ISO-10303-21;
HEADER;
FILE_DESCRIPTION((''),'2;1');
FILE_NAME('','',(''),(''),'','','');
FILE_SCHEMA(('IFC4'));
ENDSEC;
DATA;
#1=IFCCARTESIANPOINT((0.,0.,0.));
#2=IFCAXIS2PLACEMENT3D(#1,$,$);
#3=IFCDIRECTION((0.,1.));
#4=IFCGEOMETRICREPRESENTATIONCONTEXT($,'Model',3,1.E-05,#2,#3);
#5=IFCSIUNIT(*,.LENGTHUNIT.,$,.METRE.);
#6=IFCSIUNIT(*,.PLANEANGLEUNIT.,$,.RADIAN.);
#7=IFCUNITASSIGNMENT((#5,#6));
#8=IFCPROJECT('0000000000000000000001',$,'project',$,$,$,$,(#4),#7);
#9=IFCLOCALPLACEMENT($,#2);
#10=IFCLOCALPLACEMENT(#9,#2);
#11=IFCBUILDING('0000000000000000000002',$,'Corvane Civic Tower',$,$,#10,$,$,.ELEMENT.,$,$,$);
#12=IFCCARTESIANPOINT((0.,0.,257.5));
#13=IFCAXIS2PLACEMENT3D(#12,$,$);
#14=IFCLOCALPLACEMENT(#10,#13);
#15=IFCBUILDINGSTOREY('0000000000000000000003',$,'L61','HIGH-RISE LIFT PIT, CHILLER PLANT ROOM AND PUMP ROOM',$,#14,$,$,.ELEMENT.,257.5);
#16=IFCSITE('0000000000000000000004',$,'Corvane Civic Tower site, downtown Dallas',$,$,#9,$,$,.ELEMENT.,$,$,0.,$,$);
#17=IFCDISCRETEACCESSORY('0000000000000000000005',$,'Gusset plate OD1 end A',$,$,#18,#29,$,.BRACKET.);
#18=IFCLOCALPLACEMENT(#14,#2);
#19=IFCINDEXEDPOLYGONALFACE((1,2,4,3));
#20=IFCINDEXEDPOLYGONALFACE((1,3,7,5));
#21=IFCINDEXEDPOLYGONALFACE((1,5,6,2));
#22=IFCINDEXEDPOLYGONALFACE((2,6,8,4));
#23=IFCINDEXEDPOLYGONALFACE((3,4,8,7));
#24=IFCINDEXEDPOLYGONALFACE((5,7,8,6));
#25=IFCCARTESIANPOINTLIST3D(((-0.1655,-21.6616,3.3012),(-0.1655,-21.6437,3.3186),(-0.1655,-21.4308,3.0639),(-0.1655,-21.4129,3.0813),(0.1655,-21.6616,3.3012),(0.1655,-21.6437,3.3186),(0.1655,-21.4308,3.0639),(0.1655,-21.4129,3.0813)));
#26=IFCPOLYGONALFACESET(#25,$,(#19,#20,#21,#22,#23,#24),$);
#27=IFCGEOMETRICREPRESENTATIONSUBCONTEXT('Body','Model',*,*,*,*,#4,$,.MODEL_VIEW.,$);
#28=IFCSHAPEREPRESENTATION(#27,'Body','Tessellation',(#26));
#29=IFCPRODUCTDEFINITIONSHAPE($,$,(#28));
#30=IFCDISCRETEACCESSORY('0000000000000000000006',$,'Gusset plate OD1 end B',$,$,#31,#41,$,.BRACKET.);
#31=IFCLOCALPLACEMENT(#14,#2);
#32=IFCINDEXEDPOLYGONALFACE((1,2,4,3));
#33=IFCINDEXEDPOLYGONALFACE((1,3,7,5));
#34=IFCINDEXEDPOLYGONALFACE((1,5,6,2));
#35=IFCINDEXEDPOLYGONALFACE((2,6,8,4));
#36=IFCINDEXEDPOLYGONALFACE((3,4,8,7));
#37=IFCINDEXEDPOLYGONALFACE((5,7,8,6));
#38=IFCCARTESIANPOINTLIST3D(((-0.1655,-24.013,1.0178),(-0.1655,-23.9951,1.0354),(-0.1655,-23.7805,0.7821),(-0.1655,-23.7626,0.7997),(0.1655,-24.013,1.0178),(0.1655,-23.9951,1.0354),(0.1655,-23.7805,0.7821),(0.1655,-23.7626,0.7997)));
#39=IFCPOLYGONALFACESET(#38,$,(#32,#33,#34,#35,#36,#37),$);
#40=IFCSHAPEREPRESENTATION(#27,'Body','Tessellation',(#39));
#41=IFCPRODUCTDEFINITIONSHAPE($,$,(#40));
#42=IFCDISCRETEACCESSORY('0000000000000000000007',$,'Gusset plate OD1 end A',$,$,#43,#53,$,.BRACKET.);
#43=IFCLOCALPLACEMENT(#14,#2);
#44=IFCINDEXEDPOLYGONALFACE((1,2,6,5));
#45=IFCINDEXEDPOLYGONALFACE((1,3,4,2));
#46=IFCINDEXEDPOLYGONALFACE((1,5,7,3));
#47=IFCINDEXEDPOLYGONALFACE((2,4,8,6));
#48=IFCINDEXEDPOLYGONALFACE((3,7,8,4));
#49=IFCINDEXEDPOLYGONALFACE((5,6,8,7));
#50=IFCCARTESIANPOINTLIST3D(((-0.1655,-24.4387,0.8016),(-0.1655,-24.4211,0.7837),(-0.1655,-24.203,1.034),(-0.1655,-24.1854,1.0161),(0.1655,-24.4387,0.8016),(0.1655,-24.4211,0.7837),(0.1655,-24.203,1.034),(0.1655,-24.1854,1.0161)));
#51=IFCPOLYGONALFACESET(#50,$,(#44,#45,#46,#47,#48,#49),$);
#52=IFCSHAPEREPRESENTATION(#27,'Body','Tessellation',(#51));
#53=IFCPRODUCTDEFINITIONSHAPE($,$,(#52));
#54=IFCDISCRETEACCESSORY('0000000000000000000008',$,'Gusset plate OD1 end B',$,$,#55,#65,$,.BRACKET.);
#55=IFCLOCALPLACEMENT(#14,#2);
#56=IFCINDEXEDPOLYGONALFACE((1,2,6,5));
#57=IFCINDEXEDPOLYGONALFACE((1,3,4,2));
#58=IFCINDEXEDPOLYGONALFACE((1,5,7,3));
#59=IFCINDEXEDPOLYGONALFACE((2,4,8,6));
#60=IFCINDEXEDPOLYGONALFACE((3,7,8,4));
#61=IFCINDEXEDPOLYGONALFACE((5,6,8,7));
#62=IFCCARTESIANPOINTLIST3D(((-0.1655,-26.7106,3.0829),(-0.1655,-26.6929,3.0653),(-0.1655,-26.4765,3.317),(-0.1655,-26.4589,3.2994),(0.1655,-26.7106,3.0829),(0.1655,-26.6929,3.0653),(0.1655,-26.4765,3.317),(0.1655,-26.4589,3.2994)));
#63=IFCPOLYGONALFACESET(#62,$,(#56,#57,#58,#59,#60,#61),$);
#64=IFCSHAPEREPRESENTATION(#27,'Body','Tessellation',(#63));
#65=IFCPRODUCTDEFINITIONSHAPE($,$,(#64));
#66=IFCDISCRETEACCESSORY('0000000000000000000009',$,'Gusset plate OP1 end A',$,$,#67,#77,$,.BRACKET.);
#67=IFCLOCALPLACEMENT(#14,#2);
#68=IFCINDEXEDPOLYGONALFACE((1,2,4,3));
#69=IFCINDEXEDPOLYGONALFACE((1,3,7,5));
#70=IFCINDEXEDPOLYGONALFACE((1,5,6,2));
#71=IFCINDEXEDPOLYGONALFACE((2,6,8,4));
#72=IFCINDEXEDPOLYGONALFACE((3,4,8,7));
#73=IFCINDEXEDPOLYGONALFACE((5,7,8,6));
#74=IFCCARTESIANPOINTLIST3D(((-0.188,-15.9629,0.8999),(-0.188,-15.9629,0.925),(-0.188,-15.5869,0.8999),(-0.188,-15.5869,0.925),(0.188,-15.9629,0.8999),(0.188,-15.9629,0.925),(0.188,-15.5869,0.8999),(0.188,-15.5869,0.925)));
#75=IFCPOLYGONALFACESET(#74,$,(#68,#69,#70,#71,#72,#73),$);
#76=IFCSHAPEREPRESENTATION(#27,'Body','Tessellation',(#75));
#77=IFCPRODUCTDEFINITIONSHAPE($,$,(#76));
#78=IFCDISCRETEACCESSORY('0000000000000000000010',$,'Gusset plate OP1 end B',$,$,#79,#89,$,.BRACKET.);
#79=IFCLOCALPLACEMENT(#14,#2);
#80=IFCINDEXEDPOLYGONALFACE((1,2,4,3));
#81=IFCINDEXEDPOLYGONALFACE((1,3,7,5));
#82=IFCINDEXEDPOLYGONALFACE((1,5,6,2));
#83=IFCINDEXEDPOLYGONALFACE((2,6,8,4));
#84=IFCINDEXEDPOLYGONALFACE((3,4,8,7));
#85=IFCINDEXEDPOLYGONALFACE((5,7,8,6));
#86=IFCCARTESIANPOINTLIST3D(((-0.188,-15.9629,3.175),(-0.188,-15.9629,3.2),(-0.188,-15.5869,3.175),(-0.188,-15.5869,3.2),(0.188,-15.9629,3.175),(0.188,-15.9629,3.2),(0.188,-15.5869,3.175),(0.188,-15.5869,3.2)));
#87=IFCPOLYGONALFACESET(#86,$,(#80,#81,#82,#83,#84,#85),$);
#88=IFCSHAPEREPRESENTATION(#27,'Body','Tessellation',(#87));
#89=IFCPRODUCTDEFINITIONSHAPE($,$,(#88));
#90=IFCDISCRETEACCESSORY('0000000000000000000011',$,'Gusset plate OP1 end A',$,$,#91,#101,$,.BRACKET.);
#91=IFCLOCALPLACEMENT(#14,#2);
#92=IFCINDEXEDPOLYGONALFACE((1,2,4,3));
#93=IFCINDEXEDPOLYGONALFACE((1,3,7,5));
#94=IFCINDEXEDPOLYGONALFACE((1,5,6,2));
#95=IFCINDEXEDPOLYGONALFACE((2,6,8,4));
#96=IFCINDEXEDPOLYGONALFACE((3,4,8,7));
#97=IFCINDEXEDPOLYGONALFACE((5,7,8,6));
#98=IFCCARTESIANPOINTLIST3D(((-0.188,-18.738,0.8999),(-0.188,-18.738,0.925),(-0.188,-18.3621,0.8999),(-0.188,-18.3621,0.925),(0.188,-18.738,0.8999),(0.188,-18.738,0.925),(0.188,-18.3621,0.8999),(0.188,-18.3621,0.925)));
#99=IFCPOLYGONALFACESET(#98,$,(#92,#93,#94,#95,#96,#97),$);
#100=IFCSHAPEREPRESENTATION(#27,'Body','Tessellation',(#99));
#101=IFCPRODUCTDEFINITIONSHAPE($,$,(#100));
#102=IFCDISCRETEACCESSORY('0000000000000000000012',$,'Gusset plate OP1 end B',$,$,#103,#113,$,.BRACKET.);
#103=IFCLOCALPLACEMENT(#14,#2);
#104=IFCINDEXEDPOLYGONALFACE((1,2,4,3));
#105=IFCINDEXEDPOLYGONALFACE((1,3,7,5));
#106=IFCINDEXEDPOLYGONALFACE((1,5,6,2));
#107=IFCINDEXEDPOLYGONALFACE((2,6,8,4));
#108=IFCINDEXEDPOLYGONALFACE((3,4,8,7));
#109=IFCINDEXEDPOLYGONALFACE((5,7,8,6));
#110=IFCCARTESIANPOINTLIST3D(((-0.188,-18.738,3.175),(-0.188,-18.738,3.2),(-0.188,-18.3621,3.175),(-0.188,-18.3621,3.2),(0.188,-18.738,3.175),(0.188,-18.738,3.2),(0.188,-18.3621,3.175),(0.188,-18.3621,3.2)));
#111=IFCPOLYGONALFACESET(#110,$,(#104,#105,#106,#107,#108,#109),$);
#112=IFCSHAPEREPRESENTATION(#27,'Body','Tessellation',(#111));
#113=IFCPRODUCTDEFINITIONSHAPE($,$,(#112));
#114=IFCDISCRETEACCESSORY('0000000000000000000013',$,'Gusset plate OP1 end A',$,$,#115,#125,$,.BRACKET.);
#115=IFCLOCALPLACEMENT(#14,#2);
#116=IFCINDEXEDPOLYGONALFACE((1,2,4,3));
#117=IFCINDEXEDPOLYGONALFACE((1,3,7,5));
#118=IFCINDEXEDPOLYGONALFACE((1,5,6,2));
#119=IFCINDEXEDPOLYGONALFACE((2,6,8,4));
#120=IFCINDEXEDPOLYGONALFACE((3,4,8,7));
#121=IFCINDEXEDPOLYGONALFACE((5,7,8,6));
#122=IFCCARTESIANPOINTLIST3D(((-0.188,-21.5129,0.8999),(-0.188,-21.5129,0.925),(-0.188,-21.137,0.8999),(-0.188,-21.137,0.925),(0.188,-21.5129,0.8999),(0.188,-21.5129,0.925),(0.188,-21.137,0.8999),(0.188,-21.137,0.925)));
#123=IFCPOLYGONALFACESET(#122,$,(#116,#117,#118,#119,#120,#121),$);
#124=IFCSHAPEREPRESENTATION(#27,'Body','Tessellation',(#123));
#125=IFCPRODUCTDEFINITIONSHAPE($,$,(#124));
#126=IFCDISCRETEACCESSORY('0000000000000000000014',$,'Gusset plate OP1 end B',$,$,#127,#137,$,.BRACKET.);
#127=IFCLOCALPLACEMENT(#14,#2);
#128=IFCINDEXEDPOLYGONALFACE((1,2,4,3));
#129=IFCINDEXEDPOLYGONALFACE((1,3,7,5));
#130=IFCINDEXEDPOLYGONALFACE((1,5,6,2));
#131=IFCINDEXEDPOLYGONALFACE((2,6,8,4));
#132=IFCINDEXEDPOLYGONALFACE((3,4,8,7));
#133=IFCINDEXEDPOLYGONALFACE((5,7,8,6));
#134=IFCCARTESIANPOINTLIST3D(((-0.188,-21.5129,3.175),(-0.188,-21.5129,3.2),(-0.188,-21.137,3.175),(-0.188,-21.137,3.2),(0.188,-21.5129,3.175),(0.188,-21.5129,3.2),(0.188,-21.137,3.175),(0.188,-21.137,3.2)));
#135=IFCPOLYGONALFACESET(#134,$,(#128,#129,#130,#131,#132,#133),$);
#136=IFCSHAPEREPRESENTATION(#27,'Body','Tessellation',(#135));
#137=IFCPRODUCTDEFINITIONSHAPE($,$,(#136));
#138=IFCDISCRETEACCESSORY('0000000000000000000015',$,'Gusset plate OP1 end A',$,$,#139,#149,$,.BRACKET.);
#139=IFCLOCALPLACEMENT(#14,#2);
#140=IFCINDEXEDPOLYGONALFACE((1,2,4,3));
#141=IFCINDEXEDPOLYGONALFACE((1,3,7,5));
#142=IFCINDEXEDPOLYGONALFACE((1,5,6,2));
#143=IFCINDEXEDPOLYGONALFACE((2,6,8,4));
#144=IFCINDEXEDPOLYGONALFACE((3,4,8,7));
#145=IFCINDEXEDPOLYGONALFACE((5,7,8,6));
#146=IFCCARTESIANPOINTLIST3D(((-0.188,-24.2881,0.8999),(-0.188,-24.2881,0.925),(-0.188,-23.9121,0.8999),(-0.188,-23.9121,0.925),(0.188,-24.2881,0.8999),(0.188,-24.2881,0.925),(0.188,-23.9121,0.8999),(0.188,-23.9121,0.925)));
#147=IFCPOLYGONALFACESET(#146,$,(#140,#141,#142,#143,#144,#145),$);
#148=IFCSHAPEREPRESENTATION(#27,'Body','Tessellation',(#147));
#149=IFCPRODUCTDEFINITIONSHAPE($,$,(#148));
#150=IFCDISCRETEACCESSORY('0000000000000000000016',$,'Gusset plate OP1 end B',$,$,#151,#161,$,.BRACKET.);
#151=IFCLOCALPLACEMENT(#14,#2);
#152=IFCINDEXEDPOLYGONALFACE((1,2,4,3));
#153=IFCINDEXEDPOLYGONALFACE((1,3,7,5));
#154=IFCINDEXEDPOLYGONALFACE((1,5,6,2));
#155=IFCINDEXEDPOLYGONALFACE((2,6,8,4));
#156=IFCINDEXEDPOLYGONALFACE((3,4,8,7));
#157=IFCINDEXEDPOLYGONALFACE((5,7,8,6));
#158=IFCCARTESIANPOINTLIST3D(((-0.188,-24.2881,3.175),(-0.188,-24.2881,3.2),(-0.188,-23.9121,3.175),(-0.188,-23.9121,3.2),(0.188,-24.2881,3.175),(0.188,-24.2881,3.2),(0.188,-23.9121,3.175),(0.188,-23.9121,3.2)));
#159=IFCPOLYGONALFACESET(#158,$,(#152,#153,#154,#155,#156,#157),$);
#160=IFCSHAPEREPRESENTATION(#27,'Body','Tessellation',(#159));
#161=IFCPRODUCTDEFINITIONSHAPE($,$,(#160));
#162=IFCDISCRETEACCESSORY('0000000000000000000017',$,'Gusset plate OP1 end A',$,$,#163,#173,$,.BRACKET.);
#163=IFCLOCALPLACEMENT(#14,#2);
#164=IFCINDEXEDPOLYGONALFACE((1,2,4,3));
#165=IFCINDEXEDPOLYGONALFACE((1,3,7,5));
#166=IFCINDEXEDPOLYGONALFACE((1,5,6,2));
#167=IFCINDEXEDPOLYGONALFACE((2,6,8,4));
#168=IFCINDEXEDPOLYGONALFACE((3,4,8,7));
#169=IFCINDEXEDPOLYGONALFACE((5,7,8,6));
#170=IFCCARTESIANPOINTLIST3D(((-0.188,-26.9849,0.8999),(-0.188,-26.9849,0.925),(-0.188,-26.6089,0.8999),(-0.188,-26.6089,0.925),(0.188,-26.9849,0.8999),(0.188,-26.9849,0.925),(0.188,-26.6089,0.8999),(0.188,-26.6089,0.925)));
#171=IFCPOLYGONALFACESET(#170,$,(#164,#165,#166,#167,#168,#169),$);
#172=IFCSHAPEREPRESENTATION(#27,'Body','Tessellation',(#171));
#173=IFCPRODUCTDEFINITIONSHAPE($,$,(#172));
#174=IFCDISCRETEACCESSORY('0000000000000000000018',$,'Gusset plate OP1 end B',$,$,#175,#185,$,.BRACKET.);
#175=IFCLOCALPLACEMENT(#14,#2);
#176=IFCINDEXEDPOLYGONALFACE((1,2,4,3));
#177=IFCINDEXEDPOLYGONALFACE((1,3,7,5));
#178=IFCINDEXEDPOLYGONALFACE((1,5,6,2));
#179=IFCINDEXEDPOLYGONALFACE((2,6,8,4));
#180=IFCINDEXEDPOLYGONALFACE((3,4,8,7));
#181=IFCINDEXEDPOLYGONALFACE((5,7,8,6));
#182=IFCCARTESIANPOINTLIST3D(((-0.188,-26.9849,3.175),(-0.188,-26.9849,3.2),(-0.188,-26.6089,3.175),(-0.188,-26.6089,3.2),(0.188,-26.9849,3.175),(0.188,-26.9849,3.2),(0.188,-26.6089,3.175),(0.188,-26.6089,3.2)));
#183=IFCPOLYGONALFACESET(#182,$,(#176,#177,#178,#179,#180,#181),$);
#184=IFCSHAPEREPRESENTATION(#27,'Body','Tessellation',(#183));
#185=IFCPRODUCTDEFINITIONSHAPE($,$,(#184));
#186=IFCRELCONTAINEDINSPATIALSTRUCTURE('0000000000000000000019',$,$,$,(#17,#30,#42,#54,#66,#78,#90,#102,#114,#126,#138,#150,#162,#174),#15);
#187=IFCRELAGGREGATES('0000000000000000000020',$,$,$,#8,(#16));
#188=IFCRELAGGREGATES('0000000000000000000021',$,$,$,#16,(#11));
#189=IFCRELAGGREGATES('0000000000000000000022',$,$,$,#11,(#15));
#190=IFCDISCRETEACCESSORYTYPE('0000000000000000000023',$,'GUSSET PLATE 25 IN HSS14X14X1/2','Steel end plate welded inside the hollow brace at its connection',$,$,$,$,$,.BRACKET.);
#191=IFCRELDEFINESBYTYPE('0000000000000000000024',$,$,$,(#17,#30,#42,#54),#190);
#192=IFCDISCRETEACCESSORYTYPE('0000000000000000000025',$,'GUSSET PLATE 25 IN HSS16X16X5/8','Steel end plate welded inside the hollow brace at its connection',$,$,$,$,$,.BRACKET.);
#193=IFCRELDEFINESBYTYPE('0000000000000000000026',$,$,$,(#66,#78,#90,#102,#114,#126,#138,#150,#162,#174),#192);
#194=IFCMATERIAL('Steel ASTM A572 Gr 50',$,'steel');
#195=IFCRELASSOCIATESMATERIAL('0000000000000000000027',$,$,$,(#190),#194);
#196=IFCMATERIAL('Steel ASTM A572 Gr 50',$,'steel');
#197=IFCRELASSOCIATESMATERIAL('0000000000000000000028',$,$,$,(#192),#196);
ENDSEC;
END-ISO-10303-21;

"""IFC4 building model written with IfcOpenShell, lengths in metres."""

from ifc_helpers import new_model, si_unit, direction, frame, origin, origin_2d, place, context, subcontext, project, spatial, rectangle, extrude, material, material_profile, profile_set, type_object, element, save


model = new_model("IFC4")

# Units and contexts
model_context = context("Model", 3, precision=1e-05, world=origin(), true_north=direction((0.0, 1.0)))
body_context = subcontext(model_context, "Body", "Model", "MODEL_VIEW")
ifc_project = project(units=[si_unit("LENGTHUNIT", "METRE"), si_unit("PLANEANGLEUNIT", "RADIAN")], contexts=[model_context])

# Site, building, storey
site_placement = place(None, origin())
site = spatial("IfcSite", under=ifc_project, at=site_placement, Name="Corvane Civic Tower site, downtown Dallas", CompositionType="ELEMENT", RefElevation=0.0)
building_placement = place(site_placement, origin())
building = spatial("IfcBuilding", under=site, at=building_placement, Name="Corvane Civic Tower", CompositionType="ELEMENT")
storey_placement = place(building_placement, frame((0.0, 0.0, 257.5)))
storey = spatial("IfcBuildingStorey", under=building, at=storey_placement, Name="L61", Description="HIGH-RISE LIFT PIT, CHILLER PLANT ROOM AND PUMP ROOM", CompositionType="ELEMENT", Elevation=257.5)

# Discrete accessories
ifc_material_1 = material(Name="Steel ASTM A572 Gr 50", Category="steel")
ifc_material_profile_1 = material_profile(ifc_material_1, rectangle(XDim=0.3311, YDim=0.3311, at=origin_2d()), Name="GUSSET PLATE 25 IN HSS14X14X1/2")
ifc_profile_set_1 = profile_set([ifc_material_profile_1], Name="Steel ASTM A572 Gr 50")
discrete_accessory_type_1 = type_object("IfcDiscreteAccessoryType", Name="GUSSET PLATE 25 IN HSS14X14X1/2", Description="Steel end plate welded inside the hollow brace at its connection", PredefinedType="BRACKET", material=ifc_profile_set_1)
discrete_accessory_1_placement = place(storey_placement, frame((0.0, -21.5283, 3.2), z_axis=(0.0, -0.716859, -0.697219), x_axis=(1.0, 0.0, 0.0)))
element("IfcDiscreteAccessory", 1, at=discrete_accessory_1_placement, inside=storey, type_object=discrete_accessory_type_1, Name="Gusset plate OD1 end A", PredefinedType="BRACKET", context=body_context, shape_type="SweptSolid", body=[
    extrude(rectangle(XDim=0.3311, YDim=0.3311, at=origin_2d()), origin(), (0.0, 0.0, 1.0), 0.0249),
])
for number, where, z_axis, x_axis, name in (
    (2, (0.0, -23.8967, 0.8999), (0.0, 0.711966, 0.702213), (-1.0, 0.0, 0.0), "Gusset plate OD1 end B"),
    (3, (0.0, -24.3032, 0.8999), (0.0, -0.702213, 0.711966), (1.0, 0.0, 0.0), "Gusset plate OD1 end A"),
):
    element("IfcDiscreteAccessory", number, at=place(storey_placement, frame(where, z_axis=z_axis, x_axis=x_axis)), inside=storey, type_object=discrete_accessory_type_1, Name=name, PredefinedType="BRACKET", context=body_context, shape_type="SweptSolid", body=[
        extrude(rectangle(XDim=0.3311, YDim=0.3311, at=origin_2d()), origin(), (0.0, 0.0, 1.0), 0.0251),
    ])
discrete_accessory_2_placement = place(storey_placement, frame((0.0, -26.5935, 3.2), z_axis=(0.0, 0.707107, -0.707107), x_axis=(-1.0, 0.0, 0.0)))
element("IfcDiscreteAccessory", 4, at=discrete_accessory_2_placement, inside=storey, type_object=discrete_accessory_type_1, Name="Gusset plate OD1 end B", PredefinedType="BRACKET", context=body_context, shape_type="SweptSolid", body=[
    extrude(rectangle(XDim=0.3311, YDim=0.3311, at=origin_2d()), origin(), (0.0, 0.0, 1.0), 0.0249),
])
ifc_material_2 = material(Name="Steel ASTM A572 Gr 50", Category="steel")
ifc_material_profile_2 = material_profile(ifc_material_2, rectangle(XDim=0.376, YDim=0.376, at=origin_2d()), Name="GUSSET PLATE 25 IN HSS16X16X5/8")
ifc_profile_set_2 = profile_set([ifc_material_profile_2], Name="Steel ASTM A572 Gr 50")
discrete_accessory_type_2 = type_object("IfcDiscreteAccessoryType", Name="GUSSET PLATE 25 IN HSS16X16X5/8", Description="Steel end plate welded inside the hollow brace at its connection", PredefinedType="BRACKET", material=ifc_profile_set_2)
discrete_accessory_3_placement = place(storey_placement, frame((0.0, -15.7749, 0.8999), z_axis=(0.0, 0.0, 1.0), x_axis=(1.0, 0.0, 0.0)))
element("IfcDiscreteAccessory", 5, at=discrete_accessory_3_placement, inside=storey, type_object=discrete_accessory_type_2, Name="Gusset plate OP1 end A", PredefinedType="BRACKET", context=body_context, shape_type="SweptSolid", body=[
    extrude(rectangle(XDim=0.376, YDim=0.376, at=origin_2d()), origin(), (0.0, 0.0, 1.0), 0.0251),
])
discrete_accessory_4_placement = place(storey_placement, frame((0.0, -15.7749, 3.2), z_axis=(0.0, 0.0, -1.0), x_axis=(1.0, 0.0, 0.0)))
element("IfcDiscreteAccessory", 6, at=discrete_accessory_4_placement, inside=storey, type_object=discrete_accessory_type_2, Name="Gusset plate OP1 end B", PredefinedType="BRACKET", context=body_context, shape_type="SweptSolid", body=[
    extrude(rectangle(XDim=0.376, YDim=0.376, at=origin_2d()), origin(), (0.0, 0.0, 1.0), 0.0249),
])
discrete_accessory_5_placement = place(storey_placement, frame((0.0, -18.55, 0.8999), z_axis=(0.0, 0.0, 1.0), x_axis=(1.0, 0.0, 0.0)))
element("IfcDiscreteAccessory", 7, at=discrete_accessory_5_placement, inside=storey, type_object=discrete_accessory_type_2, Name="Gusset plate OP1 end A", PredefinedType="BRACKET", context=body_context, shape_type="SweptSolid", body=[
    extrude(rectangle(XDim=0.376, YDim=0.376, at=origin_2d()), origin(), (0.0, 0.0, 1.0), 0.0251),
])
discrete_accessory_6_placement = place(storey_placement, frame((0.0, -18.55, 3.2), z_axis=(0.0, 0.0, -1.0), x_axis=(1.0, 0.0, 0.0)))
element("IfcDiscreteAccessory", 8, at=discrete_accessory_6_placement, inside=storey, type_object=discrete_accessory_type_2, Name="Gusset plate OP1 end B", PredefinedType="BRACKET", context=body_context, shape_type="SweptSolid", body=[
    extrude(rectangle(XDim=0.376, YDim=0.376, at=origin_2d()), origin(), (0.0, 0.0, 1.0), 0.0249),
])
discrete_accessory_7_placement = place(storey_placement, frame((0.0, -21.325, 0.8999), z_axis=(0.0, 0.0, 1.0), x_axis=(1.0, 0.0, 0.0)))
element("IfcDiscreteAccessory", 9, at=discrete_accessory_7_placement, inside=storey, type_object=discrete_accessory_type_2, Name="Gusset plate OP1 end A", PredefinedType="BRACKET", context=body_context, shape_type="SweptSolid", body=[
    extrude(rectangle(XDim=0.376, YDim=0.376, at=origin_2d()), origin(), (0.0, 0.0, 1.0), 0.0251),
])
discrete_accessory_8_placement = place(storey_placement, frame((0.0, -21.325, 3.2), z_axis=(0.0, 0.0, -1.0), x_axis=(1.0, 0.0, 0.0)))
element("IfcDiscreteAccessory", 10, at=discrete_accessory_8_placement, inside=storey, type_object=discrete_accessory_type_2, Name="Gusset plate OP1 end B", PredefinedType="BRACKET", context=body_context, shape_type="SweptSolid", body=[
    extrude(rectangle(XDim=0.376, YDim=0.376, at=origin_2d()), origin(), (0.0, 0.0, 1.0), 0.0249),
])
discrete_accessory_9_placement = place(storey_placement, frame((0.0, -24.1001, 0.8999), z_axis=(0.0, 0.0, 1.0), x_axis=(1.0, 0.0, 0.0)))
element("IfcDiscreteAccessory", 11, at=discrete_accessory_9_placement, inside=storey, type_object=discrete_accessory_type_2, Name="Gusset plate OP1 end A", PredefinedType="BRACKET", context=body_context, shape_type="SweptSolid", body=[
    extrude(rectangle(XDim=0.376, YDim=0.376, at=origin_2d()), origin(), (0.0, 0.0, 1.0), 0.0251),
])
discrete_accessory_10_placement = place(storey_placement, frame((0.0, -24.1001, 3.2), z_axis=(0.0, 0.0, -1.0), x_axis=(1.0, 0.0, 0.0)))
element("IfcDiscreteAccessory", 12, at=discrete_accessory_10_placement, inside=storey, type_object=discrete_accessory_type_2, Name="Gusset plate OP1 end B", PredefinedType="BRACKET", context=body_context, shape_type="SweptSolid", body=[
    extrude(rectangle(XDim=0.376, YDim=0.376, at=origin_2d()), origin(), (0.0, 0.0, 1.0), 0.0249),
])
discrete_accessory_11_placement = place(storey_placement, frame((0.0, -26.7969, 0.8999), z_axis=(0.0, 0.0, 1.0), x_axis=(1.0, 0.0, 0.0)))
element("IfcDiscreteAccessory", 13, at=discrete_accessory_11_placement, inside=storey, type_object=discrete_accessory_type_2, Name="Gusset plate OP1 end A", PredefinedType="BRACKET", context=body_context, shape_type="SweptSolid", body=[
    extrude(rectangle(XDim=0.376, YDim=0.376, at=origin_2d()), origin(), (0.0, 0.0, 1.0), 0.0251),
])
discrete_accessory_12_placement = place(storey_placement, frame((0.0, -26.7969, 3.2), z_axis=(0.0, 0.0, -1.0), x_axis=(1.0, 0.0, 0.0)))
element("IfcDiscreteAccessory", 14, at=discrete_accessory_12_placement, inside=storey, type_object=discrete_accessory_type_2, Name="Gusset plate OP1 end B", PredefinedType="BRACKET", context=body_context, shape_type="SweptSolid", body=[
    extrude(rectangle(XDim=0.376, YDim=0.376, at=origin_2d()), origin(), (0.0, 0.0, 1.0), 0.0249),
])

save(model, "model.ifc")
